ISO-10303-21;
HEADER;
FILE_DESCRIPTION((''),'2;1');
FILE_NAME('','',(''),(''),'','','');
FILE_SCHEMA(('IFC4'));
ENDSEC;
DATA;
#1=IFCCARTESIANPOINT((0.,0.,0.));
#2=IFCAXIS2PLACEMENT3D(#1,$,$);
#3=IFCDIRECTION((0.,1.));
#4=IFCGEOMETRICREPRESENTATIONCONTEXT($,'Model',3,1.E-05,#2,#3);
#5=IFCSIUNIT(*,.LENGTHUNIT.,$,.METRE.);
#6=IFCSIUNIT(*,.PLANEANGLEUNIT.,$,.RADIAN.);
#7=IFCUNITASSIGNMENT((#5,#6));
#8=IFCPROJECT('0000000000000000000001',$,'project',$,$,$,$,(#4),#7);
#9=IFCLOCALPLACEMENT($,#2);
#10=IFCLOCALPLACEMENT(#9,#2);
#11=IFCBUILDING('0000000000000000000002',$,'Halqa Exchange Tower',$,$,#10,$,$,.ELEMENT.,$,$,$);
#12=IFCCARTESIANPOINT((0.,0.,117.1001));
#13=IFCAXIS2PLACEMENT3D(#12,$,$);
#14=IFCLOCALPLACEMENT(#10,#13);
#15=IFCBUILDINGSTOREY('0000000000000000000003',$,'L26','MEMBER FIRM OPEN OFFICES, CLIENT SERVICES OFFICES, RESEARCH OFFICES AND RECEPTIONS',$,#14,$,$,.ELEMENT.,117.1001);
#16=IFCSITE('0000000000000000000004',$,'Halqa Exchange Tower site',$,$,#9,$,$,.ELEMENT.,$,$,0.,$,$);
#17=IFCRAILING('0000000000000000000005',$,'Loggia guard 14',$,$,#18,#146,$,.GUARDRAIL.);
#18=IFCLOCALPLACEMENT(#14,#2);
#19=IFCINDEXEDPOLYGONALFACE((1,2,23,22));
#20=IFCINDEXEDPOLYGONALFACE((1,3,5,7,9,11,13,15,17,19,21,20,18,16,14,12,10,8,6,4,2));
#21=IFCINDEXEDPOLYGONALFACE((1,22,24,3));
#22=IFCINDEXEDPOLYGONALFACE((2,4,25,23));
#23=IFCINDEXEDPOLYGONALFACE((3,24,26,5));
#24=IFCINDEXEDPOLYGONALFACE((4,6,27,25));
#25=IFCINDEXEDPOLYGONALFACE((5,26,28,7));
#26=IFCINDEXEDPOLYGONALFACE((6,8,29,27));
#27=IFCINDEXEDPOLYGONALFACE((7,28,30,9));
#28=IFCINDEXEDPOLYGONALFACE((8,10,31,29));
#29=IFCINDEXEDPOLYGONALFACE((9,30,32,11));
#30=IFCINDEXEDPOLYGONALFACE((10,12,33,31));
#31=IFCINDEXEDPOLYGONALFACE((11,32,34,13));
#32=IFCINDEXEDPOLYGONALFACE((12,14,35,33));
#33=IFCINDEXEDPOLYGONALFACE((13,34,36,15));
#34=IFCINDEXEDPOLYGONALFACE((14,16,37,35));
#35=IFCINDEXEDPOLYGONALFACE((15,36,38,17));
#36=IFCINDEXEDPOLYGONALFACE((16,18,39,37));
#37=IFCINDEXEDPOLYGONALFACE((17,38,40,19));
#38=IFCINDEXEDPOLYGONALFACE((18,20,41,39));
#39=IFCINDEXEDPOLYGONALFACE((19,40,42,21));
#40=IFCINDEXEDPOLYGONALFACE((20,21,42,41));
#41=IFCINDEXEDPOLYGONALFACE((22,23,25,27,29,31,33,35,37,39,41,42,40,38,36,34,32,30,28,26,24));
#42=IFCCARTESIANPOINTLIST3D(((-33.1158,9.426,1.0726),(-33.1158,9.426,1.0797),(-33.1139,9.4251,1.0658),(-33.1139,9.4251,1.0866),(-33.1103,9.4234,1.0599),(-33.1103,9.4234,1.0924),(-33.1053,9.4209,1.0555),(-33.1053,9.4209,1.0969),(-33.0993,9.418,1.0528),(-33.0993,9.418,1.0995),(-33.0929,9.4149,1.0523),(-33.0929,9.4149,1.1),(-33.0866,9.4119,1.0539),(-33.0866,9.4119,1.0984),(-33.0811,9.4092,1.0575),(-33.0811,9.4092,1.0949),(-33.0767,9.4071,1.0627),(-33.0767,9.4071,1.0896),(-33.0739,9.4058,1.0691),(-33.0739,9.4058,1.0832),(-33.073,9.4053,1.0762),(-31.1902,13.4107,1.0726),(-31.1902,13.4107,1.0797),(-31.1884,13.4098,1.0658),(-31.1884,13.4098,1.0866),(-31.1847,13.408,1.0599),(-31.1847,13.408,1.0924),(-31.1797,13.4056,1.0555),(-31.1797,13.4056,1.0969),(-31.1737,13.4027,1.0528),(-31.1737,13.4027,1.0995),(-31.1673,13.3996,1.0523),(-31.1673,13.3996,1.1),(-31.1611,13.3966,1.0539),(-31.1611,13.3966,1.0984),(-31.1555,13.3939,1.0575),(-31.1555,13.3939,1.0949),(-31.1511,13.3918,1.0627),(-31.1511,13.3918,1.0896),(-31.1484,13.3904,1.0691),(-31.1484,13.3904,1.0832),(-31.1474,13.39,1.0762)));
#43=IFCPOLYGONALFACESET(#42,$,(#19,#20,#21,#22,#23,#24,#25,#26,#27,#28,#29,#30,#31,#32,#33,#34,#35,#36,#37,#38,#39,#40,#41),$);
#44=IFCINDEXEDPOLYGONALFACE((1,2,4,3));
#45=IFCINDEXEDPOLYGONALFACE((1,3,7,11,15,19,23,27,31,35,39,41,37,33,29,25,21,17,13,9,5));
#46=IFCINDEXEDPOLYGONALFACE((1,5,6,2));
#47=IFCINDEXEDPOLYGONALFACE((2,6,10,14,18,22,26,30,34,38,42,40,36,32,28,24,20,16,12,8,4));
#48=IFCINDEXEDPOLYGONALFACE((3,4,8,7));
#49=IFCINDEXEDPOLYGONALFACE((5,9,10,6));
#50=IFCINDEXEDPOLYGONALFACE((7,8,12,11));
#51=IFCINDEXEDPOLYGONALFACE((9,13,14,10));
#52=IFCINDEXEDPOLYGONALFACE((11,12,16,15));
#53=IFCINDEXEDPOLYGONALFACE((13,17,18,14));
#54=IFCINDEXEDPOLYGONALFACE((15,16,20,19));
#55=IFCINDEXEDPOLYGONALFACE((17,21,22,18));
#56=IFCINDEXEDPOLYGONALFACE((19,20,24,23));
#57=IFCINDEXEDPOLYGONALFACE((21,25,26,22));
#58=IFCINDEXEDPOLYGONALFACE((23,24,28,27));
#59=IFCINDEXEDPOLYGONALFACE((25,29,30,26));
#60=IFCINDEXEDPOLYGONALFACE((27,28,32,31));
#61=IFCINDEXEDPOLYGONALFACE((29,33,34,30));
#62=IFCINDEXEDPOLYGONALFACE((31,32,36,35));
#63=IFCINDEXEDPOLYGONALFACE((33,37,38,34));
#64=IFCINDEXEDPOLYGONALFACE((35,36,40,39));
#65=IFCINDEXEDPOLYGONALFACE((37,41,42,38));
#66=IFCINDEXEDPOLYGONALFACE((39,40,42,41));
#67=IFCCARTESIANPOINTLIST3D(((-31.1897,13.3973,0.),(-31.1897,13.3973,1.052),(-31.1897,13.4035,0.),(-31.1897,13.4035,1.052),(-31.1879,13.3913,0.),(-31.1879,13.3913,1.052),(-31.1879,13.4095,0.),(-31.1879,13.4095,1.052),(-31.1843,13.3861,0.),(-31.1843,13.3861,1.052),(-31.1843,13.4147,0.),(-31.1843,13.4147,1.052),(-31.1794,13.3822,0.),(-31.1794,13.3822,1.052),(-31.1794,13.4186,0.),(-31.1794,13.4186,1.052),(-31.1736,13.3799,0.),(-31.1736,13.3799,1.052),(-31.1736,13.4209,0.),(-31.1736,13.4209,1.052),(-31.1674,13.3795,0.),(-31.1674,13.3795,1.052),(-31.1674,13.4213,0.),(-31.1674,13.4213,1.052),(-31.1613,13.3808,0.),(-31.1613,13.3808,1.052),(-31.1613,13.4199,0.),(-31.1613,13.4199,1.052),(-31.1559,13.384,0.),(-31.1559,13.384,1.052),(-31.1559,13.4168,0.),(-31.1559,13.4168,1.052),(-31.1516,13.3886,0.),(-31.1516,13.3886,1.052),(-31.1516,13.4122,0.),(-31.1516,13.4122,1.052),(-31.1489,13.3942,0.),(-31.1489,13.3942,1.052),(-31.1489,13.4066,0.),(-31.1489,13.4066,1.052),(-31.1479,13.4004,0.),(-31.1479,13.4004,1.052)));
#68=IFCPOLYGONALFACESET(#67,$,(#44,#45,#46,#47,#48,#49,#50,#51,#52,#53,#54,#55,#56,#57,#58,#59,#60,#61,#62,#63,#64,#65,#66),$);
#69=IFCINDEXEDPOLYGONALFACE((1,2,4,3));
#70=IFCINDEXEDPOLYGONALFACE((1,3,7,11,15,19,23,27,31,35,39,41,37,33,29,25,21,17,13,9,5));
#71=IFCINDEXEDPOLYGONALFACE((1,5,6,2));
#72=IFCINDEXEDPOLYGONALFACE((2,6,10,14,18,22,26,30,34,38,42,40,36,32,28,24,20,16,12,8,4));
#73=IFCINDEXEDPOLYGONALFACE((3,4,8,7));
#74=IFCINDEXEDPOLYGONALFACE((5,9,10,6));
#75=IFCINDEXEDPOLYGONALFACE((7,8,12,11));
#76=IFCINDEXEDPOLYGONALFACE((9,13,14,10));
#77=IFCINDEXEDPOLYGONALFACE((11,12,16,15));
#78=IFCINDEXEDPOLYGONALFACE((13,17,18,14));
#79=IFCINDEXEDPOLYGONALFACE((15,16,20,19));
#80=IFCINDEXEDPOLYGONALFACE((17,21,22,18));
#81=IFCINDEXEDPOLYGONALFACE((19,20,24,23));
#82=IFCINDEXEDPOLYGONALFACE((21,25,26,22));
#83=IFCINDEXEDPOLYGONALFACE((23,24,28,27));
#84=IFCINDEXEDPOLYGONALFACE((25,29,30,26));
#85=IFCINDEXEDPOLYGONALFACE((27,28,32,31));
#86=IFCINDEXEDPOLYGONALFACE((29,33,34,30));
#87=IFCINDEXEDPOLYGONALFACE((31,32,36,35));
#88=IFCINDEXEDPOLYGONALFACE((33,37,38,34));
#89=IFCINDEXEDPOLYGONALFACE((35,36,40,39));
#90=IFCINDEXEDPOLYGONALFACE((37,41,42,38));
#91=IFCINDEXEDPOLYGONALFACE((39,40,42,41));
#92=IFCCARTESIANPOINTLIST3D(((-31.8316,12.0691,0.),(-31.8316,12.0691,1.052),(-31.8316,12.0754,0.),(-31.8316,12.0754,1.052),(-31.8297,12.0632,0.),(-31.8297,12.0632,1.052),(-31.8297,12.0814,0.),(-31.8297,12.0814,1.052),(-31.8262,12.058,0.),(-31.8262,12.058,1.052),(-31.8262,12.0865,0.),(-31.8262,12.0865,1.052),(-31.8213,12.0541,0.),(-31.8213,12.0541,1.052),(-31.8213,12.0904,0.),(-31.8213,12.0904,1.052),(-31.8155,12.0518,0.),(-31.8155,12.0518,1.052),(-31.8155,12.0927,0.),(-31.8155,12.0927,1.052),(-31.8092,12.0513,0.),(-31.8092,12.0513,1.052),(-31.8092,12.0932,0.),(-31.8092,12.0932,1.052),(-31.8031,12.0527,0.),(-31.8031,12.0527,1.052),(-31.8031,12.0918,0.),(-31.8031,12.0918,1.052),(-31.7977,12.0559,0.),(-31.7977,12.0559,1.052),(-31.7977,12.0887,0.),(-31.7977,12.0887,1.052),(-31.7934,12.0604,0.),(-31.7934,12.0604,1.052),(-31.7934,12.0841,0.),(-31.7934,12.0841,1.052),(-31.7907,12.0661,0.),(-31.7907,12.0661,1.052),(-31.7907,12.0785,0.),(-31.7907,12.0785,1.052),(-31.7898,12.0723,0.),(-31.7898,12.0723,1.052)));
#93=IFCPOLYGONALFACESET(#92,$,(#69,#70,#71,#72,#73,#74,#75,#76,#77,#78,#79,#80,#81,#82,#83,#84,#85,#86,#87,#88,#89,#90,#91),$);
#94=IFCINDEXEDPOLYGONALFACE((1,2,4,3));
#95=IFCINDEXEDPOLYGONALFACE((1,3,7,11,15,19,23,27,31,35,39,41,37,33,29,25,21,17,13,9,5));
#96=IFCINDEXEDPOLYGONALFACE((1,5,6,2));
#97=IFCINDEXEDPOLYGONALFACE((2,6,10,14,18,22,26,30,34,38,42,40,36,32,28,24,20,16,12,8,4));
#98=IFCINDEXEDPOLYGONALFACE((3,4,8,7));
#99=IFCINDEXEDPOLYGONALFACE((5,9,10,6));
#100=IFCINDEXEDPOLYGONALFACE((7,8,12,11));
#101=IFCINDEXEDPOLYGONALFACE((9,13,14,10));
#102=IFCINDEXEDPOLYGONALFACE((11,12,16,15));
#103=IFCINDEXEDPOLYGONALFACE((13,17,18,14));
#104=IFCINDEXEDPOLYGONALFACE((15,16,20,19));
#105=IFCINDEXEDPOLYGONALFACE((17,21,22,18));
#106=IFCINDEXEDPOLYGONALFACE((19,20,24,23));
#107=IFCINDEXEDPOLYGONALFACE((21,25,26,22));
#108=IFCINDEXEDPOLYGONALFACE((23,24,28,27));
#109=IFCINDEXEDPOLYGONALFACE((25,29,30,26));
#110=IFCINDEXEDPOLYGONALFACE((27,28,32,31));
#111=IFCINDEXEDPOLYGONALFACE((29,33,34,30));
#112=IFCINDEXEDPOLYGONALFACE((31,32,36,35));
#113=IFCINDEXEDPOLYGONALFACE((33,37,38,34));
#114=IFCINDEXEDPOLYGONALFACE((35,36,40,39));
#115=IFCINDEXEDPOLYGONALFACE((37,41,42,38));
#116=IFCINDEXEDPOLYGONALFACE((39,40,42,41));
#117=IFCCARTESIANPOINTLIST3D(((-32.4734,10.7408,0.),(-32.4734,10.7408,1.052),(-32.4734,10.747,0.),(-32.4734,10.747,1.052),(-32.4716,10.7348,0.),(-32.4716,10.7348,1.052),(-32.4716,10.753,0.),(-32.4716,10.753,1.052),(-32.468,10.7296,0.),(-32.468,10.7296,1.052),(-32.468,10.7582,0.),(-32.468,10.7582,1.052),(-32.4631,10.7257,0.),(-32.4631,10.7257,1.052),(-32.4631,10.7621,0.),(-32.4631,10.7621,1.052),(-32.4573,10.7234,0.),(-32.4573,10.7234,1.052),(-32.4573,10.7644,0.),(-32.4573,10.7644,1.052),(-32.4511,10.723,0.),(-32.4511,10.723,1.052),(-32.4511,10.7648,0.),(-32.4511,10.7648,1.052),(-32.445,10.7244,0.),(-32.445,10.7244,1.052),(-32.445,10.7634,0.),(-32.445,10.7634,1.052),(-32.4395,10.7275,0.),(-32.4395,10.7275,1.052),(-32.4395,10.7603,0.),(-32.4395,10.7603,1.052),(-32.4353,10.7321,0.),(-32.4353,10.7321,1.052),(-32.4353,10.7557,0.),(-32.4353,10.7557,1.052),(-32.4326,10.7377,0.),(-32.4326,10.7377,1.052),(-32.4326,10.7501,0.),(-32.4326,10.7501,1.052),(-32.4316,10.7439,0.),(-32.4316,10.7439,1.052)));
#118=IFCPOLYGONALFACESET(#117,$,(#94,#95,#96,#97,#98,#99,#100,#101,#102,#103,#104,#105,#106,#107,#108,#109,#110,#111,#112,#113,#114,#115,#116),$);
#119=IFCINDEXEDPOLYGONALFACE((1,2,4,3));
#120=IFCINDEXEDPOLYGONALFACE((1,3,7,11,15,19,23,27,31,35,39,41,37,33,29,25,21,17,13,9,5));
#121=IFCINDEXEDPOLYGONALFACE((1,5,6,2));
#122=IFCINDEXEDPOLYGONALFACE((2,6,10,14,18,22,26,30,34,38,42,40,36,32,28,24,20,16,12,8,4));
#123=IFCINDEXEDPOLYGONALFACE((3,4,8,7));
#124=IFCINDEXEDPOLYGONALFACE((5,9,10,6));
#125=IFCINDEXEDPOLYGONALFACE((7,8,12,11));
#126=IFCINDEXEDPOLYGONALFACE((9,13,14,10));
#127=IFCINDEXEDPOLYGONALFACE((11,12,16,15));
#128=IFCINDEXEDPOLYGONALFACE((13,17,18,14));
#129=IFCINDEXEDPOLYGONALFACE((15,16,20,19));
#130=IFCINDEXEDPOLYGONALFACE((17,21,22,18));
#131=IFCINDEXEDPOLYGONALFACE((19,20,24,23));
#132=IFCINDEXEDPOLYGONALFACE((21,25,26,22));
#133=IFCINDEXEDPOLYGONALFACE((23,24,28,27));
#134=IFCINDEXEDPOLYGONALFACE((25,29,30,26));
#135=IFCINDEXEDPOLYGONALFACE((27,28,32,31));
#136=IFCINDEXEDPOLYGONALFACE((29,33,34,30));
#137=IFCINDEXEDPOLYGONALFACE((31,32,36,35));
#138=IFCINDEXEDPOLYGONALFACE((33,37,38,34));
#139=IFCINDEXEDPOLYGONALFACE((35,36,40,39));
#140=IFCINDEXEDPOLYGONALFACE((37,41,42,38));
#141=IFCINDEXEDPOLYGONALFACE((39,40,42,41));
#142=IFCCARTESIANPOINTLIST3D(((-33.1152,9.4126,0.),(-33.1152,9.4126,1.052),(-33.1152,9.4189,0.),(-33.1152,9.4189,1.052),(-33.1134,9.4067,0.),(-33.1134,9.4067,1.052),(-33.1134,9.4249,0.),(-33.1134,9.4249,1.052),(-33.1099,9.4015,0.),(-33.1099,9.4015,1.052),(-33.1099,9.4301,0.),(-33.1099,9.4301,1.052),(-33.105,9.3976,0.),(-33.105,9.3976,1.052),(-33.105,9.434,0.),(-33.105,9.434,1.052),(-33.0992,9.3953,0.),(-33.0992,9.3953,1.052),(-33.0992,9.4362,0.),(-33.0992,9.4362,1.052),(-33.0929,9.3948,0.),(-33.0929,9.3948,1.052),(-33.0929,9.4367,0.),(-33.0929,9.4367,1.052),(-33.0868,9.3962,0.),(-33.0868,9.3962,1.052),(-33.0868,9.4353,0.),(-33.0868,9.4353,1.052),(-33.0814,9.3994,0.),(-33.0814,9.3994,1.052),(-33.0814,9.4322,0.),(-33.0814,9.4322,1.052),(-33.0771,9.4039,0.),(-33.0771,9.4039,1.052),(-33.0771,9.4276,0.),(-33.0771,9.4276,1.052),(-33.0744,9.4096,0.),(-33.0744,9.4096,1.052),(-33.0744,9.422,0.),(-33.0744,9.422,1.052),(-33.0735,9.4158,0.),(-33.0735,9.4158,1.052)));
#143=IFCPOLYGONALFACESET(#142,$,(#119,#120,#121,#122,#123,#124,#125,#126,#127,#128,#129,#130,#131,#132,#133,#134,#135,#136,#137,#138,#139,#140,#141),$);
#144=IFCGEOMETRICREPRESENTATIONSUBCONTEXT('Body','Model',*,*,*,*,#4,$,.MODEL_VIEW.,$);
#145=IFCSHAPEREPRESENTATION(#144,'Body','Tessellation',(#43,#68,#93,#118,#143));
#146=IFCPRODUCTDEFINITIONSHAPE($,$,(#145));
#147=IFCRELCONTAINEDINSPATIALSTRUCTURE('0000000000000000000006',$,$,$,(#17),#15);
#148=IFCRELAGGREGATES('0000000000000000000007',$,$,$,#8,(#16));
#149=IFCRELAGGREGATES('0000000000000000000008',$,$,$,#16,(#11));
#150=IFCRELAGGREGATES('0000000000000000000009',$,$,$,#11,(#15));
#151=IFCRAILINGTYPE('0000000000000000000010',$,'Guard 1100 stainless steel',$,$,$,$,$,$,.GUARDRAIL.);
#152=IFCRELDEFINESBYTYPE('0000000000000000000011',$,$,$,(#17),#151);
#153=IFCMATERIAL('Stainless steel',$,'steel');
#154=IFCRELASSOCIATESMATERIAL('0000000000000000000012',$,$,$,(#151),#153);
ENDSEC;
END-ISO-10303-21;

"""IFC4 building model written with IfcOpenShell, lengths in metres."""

from ifc_helpers import new_model, si_unit, direction, frame, origin, origin_2d, place, context, subcontext, project, spatial, circle, extrude, material, type_object, element, save


model = new_model("IFC4")

# Units and contexts
model_context = context("Model", 3, precision=1e-05, world=origin(), true_north=direction((0.0, 1.0)))
body_context = subcontext(model_context, "Body", "Model", "MODEL_VIEW")
ifc_project = project(units=[si_unit("LENGTHUNIT", "METRE"), si_unit("PLANEANGLEUNIT", "RADIAN")], contexts=[model_context])

# Site, building, storey
site_placement = place(None, origin())
site = spatial("IfcSite", under=ifc_project, at=site_placement, Name="Halqa Exchange Tower site", CompositionType="ELEMENT", RefElevation=0.0)
building_placement = place(site_placement, origin())
building = spatial("IfcBuilding", under=site, at=building_placement, Name="Halqa Exchange Tower", CompositionType="ELEMENT")
storey_placement = place(building_placement, frame((0.0, 0.0, 117.1001)))
storey = spatial("IfcBuildingStorey", under=building, at=storey_placement, Name="L26", Description="MEMBER FIRM OPEN OFFICES, CLIENT SERVICES OFFICES, RESEARCH OFFICES AND RECEPTIONS", CompositionType="ELEMENT", Elevation=117.1001)

# Railing
ifc_material_1 = material(Name="Stainless steel", Category="steel")
railing_type = type_object("IfcRailingType", Name="Guard 1100 stainless steel", PredefinedType="GUARDRAIL", material=ifc_material_1)
railing_1_placement = place(storey_placement, frame((-31.1689, 13.4004, 0.0)))
element("IfcRailing", 1, at=railing_1_placement, inside=storey, type_object=railing_type, Name="Loggia guard 14", PredefinedType="GUARDRAIL", context=body_context, shape_type="SweptSolid", body=[
    extrude(circle(Radius=0.0239, at=origin_2d()), frame((0.0, 0.0, 1.0762), z_axis=(-0.435102, -0.900381, 0.0), x_axis=(0.900381, -0.435102, 0.0)), (0.0, 0.0, 1.0), 4.4255),
    extrude(circle(Radius=0.021, at=origin_2d()), origin(), (0.0, 0.0, 1.0), 1.052),
    extrude(circle(Radius=0.021, at=origin_2d()), frame((-0.6418, -1.3281, 0.0)), (0.0, 0.0, 1.0), 1.052),
    extrude(circle(Radius=0.021, at=origin_2d()), frame((-1.2837, -2.6565, 0.0)), (0.0, 0.0, 1.0), 1.052),
    extrude(circle(Radius=0.021, at=origin_2d()), frame((-1.9255, -3.9846, 0.0)), (0.0, 0.0, 1.0), 1.052),
])

save(model, "model.ifc")
